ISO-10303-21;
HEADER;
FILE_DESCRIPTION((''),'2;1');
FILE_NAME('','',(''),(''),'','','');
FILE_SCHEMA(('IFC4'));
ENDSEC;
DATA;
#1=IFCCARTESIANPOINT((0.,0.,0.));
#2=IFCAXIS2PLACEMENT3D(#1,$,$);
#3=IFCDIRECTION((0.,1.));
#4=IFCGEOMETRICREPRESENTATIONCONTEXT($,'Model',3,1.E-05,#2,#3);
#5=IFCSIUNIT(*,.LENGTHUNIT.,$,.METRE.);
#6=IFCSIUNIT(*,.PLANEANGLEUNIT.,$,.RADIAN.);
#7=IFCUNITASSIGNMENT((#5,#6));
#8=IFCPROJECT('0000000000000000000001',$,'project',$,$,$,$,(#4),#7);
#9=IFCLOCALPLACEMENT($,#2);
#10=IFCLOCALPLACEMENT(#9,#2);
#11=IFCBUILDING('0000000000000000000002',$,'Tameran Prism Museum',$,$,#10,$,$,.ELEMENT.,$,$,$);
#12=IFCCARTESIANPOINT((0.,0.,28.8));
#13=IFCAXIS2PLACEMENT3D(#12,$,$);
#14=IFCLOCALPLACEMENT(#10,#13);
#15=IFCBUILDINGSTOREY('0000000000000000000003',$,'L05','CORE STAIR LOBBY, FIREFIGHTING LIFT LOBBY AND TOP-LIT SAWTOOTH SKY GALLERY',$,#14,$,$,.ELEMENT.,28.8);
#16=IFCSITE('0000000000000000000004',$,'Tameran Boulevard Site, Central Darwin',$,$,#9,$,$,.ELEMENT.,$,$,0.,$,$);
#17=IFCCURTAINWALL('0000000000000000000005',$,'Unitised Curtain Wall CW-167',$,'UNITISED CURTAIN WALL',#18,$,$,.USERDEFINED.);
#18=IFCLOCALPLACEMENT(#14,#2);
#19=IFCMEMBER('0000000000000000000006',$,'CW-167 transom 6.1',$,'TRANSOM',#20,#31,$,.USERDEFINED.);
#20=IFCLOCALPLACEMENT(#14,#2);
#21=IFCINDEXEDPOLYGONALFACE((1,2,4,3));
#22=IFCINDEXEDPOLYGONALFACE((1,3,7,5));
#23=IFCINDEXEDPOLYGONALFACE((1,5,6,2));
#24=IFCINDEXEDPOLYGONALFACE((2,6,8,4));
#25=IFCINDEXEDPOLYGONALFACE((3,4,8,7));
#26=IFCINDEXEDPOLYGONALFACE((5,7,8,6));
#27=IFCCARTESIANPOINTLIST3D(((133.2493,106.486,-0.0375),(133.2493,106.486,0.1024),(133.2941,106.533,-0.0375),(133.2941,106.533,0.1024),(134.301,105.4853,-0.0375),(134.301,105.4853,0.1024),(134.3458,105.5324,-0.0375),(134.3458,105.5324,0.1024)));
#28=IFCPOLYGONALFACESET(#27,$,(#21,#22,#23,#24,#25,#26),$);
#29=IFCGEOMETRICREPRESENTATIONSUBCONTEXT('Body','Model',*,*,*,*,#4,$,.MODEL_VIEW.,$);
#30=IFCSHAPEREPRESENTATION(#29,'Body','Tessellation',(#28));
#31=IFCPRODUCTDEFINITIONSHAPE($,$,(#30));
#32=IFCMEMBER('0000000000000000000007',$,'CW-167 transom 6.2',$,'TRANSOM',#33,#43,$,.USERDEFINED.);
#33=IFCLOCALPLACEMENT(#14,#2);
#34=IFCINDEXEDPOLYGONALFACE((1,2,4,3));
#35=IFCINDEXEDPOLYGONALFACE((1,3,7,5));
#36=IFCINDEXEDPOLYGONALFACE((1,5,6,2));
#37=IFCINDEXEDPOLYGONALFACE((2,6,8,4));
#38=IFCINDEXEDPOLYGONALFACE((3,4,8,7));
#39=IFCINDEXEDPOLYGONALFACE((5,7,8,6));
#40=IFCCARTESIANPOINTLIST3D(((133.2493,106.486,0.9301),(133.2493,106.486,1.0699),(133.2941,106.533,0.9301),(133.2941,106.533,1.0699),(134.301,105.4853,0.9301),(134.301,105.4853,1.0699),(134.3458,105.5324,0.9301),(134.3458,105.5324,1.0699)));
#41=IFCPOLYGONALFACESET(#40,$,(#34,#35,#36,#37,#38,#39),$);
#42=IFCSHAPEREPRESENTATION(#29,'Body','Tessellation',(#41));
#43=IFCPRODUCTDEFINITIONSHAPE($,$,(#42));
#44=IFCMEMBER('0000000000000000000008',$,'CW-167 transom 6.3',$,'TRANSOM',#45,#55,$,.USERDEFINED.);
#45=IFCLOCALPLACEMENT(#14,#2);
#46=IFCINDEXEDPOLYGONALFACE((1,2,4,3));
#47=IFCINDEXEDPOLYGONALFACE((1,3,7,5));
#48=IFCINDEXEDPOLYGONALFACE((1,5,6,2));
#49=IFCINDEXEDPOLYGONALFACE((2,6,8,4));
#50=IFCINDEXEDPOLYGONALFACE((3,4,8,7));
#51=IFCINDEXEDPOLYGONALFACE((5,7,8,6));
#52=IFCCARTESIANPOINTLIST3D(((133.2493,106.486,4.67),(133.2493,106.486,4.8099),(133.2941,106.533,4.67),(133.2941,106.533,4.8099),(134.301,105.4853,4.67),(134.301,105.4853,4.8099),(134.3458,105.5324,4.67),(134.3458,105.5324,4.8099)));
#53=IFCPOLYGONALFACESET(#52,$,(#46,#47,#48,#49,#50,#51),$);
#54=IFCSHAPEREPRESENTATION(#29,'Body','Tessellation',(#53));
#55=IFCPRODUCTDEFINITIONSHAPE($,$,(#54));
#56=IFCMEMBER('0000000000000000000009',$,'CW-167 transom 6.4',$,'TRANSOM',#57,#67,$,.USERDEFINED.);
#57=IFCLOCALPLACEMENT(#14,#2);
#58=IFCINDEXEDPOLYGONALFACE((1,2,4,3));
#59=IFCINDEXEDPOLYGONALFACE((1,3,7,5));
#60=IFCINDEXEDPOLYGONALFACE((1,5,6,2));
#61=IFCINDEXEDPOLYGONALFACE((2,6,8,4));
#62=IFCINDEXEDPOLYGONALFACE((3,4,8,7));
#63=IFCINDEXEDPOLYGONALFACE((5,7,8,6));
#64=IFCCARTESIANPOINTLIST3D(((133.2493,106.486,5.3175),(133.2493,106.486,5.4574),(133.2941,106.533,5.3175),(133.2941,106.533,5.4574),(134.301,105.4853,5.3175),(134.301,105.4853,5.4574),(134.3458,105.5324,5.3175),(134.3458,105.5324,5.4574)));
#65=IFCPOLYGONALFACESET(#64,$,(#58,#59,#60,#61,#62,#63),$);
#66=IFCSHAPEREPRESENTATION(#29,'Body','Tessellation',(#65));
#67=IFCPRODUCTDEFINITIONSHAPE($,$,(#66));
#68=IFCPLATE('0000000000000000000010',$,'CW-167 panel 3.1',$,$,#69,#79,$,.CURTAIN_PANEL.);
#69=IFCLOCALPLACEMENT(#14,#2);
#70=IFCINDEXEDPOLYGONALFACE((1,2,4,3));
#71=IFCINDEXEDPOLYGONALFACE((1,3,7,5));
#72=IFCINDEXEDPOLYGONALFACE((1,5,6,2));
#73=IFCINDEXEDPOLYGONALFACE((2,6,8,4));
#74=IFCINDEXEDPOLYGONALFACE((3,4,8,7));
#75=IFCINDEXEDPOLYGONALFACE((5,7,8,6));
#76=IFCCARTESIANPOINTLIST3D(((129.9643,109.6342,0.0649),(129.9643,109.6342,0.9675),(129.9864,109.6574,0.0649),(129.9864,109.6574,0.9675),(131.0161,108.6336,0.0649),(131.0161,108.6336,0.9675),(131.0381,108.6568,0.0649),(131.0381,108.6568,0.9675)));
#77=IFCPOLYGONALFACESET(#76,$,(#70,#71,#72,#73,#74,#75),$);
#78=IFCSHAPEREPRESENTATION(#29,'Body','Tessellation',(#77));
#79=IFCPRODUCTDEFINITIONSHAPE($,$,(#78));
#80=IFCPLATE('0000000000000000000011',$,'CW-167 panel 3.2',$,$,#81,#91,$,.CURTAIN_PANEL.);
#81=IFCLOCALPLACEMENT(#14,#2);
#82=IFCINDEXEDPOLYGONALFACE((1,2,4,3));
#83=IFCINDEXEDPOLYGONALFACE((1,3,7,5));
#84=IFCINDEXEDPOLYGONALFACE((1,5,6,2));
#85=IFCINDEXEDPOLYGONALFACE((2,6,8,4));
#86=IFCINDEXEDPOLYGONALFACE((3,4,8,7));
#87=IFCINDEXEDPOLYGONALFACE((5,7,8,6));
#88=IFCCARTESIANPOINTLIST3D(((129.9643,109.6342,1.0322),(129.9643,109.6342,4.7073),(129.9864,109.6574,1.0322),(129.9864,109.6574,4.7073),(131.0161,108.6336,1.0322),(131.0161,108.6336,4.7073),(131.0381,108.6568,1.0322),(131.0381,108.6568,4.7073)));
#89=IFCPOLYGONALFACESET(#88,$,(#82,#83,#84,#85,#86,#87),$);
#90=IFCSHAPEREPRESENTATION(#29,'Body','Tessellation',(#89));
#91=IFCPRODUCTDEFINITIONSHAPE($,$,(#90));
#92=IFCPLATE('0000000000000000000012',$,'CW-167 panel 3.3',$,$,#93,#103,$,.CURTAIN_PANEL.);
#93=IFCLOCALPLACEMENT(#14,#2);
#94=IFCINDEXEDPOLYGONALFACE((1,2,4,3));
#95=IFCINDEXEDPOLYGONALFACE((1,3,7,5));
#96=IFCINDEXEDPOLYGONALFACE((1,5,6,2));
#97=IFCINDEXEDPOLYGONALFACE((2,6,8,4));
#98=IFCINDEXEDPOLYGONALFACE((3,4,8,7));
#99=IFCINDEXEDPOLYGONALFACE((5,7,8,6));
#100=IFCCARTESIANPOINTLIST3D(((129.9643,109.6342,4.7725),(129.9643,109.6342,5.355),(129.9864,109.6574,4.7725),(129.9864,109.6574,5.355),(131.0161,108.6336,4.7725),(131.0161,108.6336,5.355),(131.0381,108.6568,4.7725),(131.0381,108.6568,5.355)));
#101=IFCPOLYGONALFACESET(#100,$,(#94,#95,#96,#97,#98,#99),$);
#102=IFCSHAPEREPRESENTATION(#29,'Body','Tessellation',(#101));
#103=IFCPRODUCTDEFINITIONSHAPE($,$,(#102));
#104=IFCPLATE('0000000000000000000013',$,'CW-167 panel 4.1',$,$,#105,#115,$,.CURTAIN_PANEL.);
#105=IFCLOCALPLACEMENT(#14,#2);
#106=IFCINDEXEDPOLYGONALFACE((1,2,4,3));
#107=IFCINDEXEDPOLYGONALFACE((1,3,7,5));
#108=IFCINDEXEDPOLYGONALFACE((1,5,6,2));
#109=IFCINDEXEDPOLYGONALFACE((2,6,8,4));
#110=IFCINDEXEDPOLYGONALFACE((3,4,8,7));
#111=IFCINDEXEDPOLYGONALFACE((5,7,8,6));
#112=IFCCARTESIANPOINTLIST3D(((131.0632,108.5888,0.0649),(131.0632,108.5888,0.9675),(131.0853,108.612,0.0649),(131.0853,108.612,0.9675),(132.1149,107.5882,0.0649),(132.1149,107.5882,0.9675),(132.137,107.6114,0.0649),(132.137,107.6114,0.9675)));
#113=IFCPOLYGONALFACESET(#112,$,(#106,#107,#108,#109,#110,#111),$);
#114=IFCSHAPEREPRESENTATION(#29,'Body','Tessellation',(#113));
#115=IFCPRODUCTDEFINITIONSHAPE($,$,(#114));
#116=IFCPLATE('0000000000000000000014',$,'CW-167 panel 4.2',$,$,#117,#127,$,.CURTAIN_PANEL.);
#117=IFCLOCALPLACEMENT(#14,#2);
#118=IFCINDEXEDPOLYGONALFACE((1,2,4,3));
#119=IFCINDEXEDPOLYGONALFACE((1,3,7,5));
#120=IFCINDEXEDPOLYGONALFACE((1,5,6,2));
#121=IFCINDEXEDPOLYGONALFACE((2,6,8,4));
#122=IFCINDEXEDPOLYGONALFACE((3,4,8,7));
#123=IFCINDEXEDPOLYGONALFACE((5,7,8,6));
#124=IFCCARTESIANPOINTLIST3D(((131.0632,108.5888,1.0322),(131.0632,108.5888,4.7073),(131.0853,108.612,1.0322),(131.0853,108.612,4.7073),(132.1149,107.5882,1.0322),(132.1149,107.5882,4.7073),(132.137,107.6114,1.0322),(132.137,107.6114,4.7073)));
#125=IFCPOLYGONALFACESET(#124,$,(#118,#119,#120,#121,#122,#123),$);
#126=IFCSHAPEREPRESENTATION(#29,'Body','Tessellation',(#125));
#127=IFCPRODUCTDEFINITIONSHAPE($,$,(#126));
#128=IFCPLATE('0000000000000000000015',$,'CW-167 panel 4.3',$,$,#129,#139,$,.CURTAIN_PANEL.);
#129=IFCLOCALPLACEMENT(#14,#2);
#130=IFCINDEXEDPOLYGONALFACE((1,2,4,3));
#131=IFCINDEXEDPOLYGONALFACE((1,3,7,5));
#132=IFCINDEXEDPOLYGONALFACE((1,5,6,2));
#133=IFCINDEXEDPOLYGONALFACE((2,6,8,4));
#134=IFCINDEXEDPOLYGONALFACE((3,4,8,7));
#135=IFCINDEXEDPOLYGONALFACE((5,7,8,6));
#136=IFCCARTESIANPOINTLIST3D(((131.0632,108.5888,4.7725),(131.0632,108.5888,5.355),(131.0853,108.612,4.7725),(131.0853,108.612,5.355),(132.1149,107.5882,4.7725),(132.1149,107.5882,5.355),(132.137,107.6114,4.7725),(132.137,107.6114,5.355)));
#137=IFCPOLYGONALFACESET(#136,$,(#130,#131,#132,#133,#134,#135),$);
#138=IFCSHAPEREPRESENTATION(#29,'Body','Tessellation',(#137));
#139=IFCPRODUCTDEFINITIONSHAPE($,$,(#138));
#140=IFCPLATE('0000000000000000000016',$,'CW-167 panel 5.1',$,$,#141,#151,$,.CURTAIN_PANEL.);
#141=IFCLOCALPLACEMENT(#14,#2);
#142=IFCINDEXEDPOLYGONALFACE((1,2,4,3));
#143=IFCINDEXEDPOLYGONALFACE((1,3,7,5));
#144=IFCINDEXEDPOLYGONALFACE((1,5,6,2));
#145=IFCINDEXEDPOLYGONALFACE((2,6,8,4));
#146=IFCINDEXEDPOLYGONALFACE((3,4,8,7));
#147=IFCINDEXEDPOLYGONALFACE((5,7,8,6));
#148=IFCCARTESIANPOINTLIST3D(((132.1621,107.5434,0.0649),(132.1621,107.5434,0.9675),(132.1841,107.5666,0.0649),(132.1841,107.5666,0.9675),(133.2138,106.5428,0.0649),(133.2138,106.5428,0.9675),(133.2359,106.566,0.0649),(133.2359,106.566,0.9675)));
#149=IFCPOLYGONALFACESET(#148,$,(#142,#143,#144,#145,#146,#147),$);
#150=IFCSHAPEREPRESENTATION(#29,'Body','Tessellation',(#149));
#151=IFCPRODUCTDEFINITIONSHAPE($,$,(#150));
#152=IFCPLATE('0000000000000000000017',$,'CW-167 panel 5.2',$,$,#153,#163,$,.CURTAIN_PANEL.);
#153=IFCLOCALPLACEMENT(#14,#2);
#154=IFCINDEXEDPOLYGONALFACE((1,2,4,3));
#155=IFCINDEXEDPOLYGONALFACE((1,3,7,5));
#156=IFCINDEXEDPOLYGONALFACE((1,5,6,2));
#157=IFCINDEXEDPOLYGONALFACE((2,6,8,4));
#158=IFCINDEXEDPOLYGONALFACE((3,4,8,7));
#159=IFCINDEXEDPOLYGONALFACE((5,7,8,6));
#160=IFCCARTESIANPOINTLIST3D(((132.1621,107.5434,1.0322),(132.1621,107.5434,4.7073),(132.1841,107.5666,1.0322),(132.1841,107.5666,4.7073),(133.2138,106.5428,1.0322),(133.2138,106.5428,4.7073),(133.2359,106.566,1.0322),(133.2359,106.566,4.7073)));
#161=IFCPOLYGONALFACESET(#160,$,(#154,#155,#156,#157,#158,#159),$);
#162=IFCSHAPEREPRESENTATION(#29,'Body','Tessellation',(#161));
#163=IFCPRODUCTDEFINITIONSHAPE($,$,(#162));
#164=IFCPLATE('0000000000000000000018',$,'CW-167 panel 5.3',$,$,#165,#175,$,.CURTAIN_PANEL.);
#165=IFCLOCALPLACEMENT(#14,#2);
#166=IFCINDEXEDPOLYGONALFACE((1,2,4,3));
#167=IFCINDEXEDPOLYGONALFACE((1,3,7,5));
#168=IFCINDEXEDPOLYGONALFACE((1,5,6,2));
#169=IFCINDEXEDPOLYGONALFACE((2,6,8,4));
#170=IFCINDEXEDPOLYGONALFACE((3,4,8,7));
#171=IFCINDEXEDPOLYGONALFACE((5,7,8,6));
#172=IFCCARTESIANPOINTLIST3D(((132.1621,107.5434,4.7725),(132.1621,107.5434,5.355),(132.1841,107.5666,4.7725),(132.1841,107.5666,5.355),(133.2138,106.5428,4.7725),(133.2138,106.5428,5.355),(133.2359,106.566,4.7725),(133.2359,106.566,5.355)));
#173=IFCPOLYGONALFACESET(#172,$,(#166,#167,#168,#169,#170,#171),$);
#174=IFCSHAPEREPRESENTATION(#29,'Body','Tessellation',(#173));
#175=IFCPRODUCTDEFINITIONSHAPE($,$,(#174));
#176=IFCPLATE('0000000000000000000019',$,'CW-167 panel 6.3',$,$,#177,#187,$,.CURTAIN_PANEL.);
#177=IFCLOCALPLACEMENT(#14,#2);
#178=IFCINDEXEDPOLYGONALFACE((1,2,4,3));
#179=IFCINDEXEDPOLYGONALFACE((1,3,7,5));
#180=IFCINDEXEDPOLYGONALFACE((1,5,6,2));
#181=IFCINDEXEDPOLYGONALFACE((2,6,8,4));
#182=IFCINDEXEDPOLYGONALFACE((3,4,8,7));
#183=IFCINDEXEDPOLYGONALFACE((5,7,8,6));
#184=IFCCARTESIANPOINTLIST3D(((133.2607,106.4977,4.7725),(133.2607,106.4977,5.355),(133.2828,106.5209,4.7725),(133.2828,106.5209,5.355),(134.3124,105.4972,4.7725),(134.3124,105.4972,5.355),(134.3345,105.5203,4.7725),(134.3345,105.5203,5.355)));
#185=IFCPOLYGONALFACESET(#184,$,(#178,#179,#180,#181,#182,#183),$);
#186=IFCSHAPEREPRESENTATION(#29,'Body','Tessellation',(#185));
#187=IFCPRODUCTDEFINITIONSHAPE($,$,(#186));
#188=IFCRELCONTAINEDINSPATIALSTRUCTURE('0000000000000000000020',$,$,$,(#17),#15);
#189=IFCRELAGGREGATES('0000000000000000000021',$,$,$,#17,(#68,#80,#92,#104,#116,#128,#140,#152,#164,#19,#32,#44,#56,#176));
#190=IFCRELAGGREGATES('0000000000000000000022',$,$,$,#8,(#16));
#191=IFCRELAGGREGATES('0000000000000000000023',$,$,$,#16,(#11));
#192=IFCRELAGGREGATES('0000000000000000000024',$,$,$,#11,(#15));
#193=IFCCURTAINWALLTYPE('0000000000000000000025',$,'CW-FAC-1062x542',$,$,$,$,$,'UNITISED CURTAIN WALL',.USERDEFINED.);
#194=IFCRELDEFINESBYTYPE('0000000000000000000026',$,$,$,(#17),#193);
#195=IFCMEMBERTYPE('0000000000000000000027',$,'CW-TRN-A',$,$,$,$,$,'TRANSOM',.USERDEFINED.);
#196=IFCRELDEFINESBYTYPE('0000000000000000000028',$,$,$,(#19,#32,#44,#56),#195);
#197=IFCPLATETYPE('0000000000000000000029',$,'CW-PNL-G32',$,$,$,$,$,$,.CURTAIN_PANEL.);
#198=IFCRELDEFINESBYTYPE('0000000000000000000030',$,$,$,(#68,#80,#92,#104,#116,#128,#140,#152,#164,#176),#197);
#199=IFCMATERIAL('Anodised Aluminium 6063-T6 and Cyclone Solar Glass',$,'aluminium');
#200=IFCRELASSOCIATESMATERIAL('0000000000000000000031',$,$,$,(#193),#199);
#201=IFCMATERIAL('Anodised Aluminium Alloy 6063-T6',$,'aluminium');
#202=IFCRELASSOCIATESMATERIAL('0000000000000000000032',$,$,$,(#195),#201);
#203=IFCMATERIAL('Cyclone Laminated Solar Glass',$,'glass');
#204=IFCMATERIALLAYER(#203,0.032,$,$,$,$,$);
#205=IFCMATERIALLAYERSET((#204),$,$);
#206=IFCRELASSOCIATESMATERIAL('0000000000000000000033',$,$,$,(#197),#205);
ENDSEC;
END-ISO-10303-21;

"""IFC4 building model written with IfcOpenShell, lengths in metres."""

from ifc_helpers import new_model, si_unit, direction, frame, origin, origin_2d, place, context, subcontext, project, spatial, rectangle, extrude, material, layer, layer_set, material_profile, profile_set, type_object, element, aggregate, save


model = new_model("IFC4")

# Units and contexts
model_context = context("Model", 3, precision=1e-05, world=origin(), true_north=direction((0.0, 1.0)))
body_context = subcontext(model_context, "Body", "Model", "MODEL_VIEW")
ifc_project = project(units=[si_unit("LENGTHUNIT", "METRE"), si_unit("PLANEANGLEUNIT", "RADIAN")], contexts=[model_context])

# Site, building, storey
site_placement = place(None, origin())
site = spatial("IfcSite", under=ifc_project, at=site_placement, Name="Tameran Boulevard Site, Central Darwin", CompositionType="ELEMENT", RefElevation=0.0)
building_placement = place(site_placement, origin())
building = spatial("IfcBuilding", under=site, at=building_placement, Name="Tameran Prism Museum", CompositionType="ELEMENT")
storey_placement = place(building_placement, frame((0.0, 0.0, 28.8)))
storey = spatial("IfcBuildingStorey", under=building, at=storey_placement, Name="L05", Description="CORE STAIR LOBBY, FIREFIGHTING LIFT LOBBY AND TOP-LIT SAWTOOTH SKY GALLERY", CompositionType="ELEMENT", Elevation=28.8)

# Curtain wall, members, plates
ifc_material_1 = material(Name="Anodised Aluminium 6063-T6 and Cyclone Solar Glass", Category="aluminium")
curtain_wall_type = type_object("IfcCurtainWallType", Name="CW-FAC-1062x542", ElementType="UNITISED CURTAIN WALL", PredefinedType="USERDEFINED", material=ifc_material_1)
curtain_wall_placement = place(storey_placement, origin())
curtain_wall = element("IfcCurtainWall", 1, at=curtain_wall_placement, inside=storey, type_object=curtain_wall_type, Name="Unitised Curtain Wall CW-167", ObjectType="UNITISED CURTAIN WALL", PredefinedType="USERDEFINED")
ifc_material_2 = material(Name="Anodised Aluminium Alloy 6063-T6", Category="aluminium")
ifc_material_profile_1 = material_profile(ifc_material_2, rectangle(XDim=0.0649, YDim=0.1399, at=origin_2d()))
ifc_profile_set_1 = profile_set([ifc_material_profile_1])
member_type_1 = type_object("IfcMemberType", Name="CW-TRN-A", ElementType="TRANSOM", PredefinedType="USERDEFINED", material=ifc_profile_set_1)
member_1_placement = place(storey_placement, frame((133.2717, 106.5095, 0.0325), z_axis=(0.724462, -0.689315, 0.0), x_axis=(0.689315, 0.724462, 0.0)))
member_1 = element("IfcMember", 2, at=member_1_placement, type_object=member_type_1, Name="CW-167 transom 6.1", ObjectType="TRANSOM", PredefinedType="USERDEFINED", context=body_context, shape_type="SweptSolid", body=[
    extrude(rectangle(XDim=0.0649, YDim=0.1399, at=origin_2d()), origin(), (0.0, 0.0, 1.0), 1.4517),
])
member_2_placement = place(storey_placement, frame((133.2717, 106.5095, 1.0), z_axis=(0.724462, -0.689315, 0.0), x_axis=(0.689315, 0.724462, 0.0)))
member_2 = element("IfcMember", 3, at=member_2_placement, type_object=member_type_1, Name="CW-167 transom 6.2", ObjectType="TRANSOM", PredefinedType="USERDEFINED", context=body_context, shape_type="SweptSolid", body=[
    extrude(rectangle(XDim=0.0649, YDim=0.1399, at=origin_2d()), origin(), (0.0, 0.0, 1.0), 1.4517),
])
member_3_placement = place(storey_placement, frame((133.2717, 106.5095, 4.74), z_axis=(0.724462, -0.689315, 0.0), x_axis=(0.689315, 0.724462, 0.0)))
member_3 = element("IfcMember", 4, at=member_3_placement, type_object=member_type_1, Name="CW-167 transom 6.3", ObjectType="TRANSOM", PredefinedType="USERDEFINED", context=body_context, shape_type="SweptSolid", body=[
    extrude(rectangle(XDim=0.0649, YDim=0.1399, at=origin_2d()), origin(), (0.0, 0.0, 1.0), 1.4517),
])
member_4_placement = place(storey_placement, frame((133.2717, 106.5095, 5.3875), z_axis=(0.724462, -0.689315, 0.0), x_axis=(0.689315, 0.724462, 0.0)))
member_4 = element("IfcMember", 5, at=member_4_placement, type_object=member_type_1, Name="CW-167 transom 6.4", ObjectType="TRANSOM", PredefinedType="USERDEFINED", context=body_context, shape_type="SweptSolid", body=[
    extrude(rectangle(XDim=0.0649, YDim=0.1399, at=origin_2d()), origin(), (0.0, 0.0, 1.0), 1.4517),
])
ifc_material_3 = material(Name="Cyclone Laminated Solar Glass", Category="glass")
ifc_layer_1 = layer(ifc_material_3, 0.032)
ifc_layer_set_1 = layer_set([ifc_layer_1])
plate_type = type_object("IfcPlateType", Name="CW-PNL-G32", PredefinedType="CURTAIN_PANEL", material=ifc_layer_set_1)
plate_1_placement = place(storey_placement, frame((130.5012, 109.1455, 0.0649), z_axis=(0.0, 0.0, 1.0), x_axis=(0.724501, -0.689274, 0.0)))
plate_1 = element("IfcPlate", 6, at=plate_1_placement, type_object=plate_type, Name="CW-167 panel 3.1", PredefinedType="CURTAIN_PANEL", context=body_context, shape_type="SweptSolid", body=[
    extrude(rectangle(XDim=1.4517, YDim=0.032, at=origin_2d()), origin(), (0.0, 0.0, 1.0), 0.9026),
])
plate_2_placement = place(storey_placement, frame((130.5012, 109.1455, 1.0322), z_axis=(0.0, 0.0, 1.0), x_axis=(0.724501, -0.689274, 0.0)))
plate_2 = element("IfcPlate", 7, at=plate_2_placement, type_object=plate_type, Name="CW-167 panel 3.2", PredefinedType="CURTAIN_PANEL", context=body_context, shape_type="SweptSolid", body=[
    extrude(rectangle(XDim=1.4517, YDim=0.032, at=origin_2d()), origin(), (0.0, 0.0, 1.0), 3.675),
])
plate_3_placement = place(storey_placement, frame((130.5012, 109.1455, 4.7725), z_axis=(0.0, 0.0, 1.0), x_axis=(0.724501, -0.689274, 0.0)))
plate_3 = element("IfcPlate", 8, at=plate_3_placement, type_object=plate_type, Name="CW-167 panel 3.3", PredefinedType="CURTAIN_PANEL", context=body_context, shape_type="SweptSolid", body=[
    extrude(rectangle(XDim=1.4517, YDim=0.032, at=origin_2d()), origin(), (0.0, 0.0, 1.0), 0.5825),
])
plate_4_placement = place(storey_placement, frame((131.6001, 108.1001, 0.0649), z_axis=(0.0, 0.0, 1.0), x_axis=(0.724501, -0.689274, 0.0)))
plate_4 = element("IfcPlate", 9, at=plate_4_placement, type_object=plate_type, Name="CW-167 panel 4.1", PredefinedType="CURTAIN_PANEL", context=body_context, shape_type="SweptSolid", body=[
    extrude(rectangle(XDim=1.4517, YDim=0.032, at=origin_2d()), origin(), (0.0, 0.0, 1.0), 0.9026),
])
plate_5_placement = place(storey_placement, frame((131.6001, 108.1001, 1.0322), z_axis=(0.0, 0.0, 1.0), x_axis=(0.724501, -0.689274, 0.0)))
plate_5 = element("IfcPlate", 10, at=plate_5_placement, type_object=plate_type, Name="CW-167 panel 4.2", PredefinedType="CURTAIN_PANEL", context=body_context, shape_type="SweptSolid", body=[
    extrude(rectangle(XDim=1.4517, YDim=0.032, at=origin_2d()), origin(), (0.0, 0.0, 1.0), 3.675),
])
plate_6_placement = place(storey_placement, frame((131.6001, 108.1001, 4.7725), z_axis=(0.0, 0.0, 1.0), x_axis=(0.724501, -0.689274, 0.0)))
plate_6 = element("IfcPlate", 11, at=plate_6_placement, type_object=plate_type, Name="CW-167 panel 4.3", PredefinedType="CURTAIN_PANEL", context=body_context, shape_type="SweptSolid", body=[
    extrude(rectangle(XDim=1.4517, YDim=0.032, at=origin_2d()), origin(), (0.0, 0.0, 1.0), 0.5825),
])
plate_7_placement = place(storey_placement, frame((132.699, 107.0547, 0.0649), z_axis=(0.0, 0.0, 1.0), x_axis=(0.724501, -0.689274, 0.0)))
plate_7 = element("IfcPlate", 12, at=plate_7_placement, type_object=plate_type, Name="CW-167 panel 5.1", PredefinedType="CURTAIN_PANEL", context=body_context, shape_type="SweptSolid", body=[
    extrude(rectangle(XDim=1.4517, YDim=0.032, at=origin_2d()), origin(), (0.0, 0.0, 1.0), 0.9026),
])
plate_8_placement = place(storey_placement, frame((132.699, 107.0547, 1.0322), z_axis=(0.0, 0.0, 1.0), x_axis=(0.724501, -0.689274, 0.0)))
plate_8 = element("IfcPlate", 13, at=plate_8_placement, type_object=plate_type, Name="CW-167 panel 5.2", PredefinedType="CURTAIN_PANEL", context=body_context, shape_type="SweptSolid", body=[
    extrude(rectangle(XDim=1.4517, YDim=0.032, at=origin_2d()), origin(), (0.0, 0.0, 1.0), 3.675),
])
plate_9_placement = place(storey_placement, frame((132.699, 107.0547, 4.7725), z_axis=(0.0, 0.0, 1.0), x_axis=(0.724501, -0.689274, 0.0)))
plate_9 = element("IfcPlate", 14, at=plate_9_placement, type_object=plate_type, Name="CW-167 panel 5.3", PredefinedType="CURTAIN_PANEL", context=body_context, shape_type="SweptSolid", body=[
    extrude(rectangle(XDim=1.4517, YDim=0.032, at=origin_2d()), origin(), (0.0, 0.0, 1.0), 0.5825),
])
plate_10_placement = place(storey_placement, frame((133.7976, 106.009, 4.7725), z_axis=(0.0, 0.0, 1.0), x_axis=(0.724501, -0.689274, 0.0)))
plate_10 = element("IfcPlate", 15, at=plate_10_placement, type_object=plate_type, Name="CW-167 panel 6.3", PredefinedType="CURTAIN_PANEL", context=body_context, shape_type="SweptSolid", body=[
    extrude(rectangle(XDim=1.4517, YDim=0.032, at=origin_2d()), origin(), (0.0, 0.0, 1.0), 0.5825),
])
aggregate(curtain_wall, [plate_1, plate_2, plate_3, plate_4, plate_5, plate_6, plate_7, plate_8, plate_9, member_1, member_2, member_3, member_4, plate_10])

save(model, "model.ifc")
